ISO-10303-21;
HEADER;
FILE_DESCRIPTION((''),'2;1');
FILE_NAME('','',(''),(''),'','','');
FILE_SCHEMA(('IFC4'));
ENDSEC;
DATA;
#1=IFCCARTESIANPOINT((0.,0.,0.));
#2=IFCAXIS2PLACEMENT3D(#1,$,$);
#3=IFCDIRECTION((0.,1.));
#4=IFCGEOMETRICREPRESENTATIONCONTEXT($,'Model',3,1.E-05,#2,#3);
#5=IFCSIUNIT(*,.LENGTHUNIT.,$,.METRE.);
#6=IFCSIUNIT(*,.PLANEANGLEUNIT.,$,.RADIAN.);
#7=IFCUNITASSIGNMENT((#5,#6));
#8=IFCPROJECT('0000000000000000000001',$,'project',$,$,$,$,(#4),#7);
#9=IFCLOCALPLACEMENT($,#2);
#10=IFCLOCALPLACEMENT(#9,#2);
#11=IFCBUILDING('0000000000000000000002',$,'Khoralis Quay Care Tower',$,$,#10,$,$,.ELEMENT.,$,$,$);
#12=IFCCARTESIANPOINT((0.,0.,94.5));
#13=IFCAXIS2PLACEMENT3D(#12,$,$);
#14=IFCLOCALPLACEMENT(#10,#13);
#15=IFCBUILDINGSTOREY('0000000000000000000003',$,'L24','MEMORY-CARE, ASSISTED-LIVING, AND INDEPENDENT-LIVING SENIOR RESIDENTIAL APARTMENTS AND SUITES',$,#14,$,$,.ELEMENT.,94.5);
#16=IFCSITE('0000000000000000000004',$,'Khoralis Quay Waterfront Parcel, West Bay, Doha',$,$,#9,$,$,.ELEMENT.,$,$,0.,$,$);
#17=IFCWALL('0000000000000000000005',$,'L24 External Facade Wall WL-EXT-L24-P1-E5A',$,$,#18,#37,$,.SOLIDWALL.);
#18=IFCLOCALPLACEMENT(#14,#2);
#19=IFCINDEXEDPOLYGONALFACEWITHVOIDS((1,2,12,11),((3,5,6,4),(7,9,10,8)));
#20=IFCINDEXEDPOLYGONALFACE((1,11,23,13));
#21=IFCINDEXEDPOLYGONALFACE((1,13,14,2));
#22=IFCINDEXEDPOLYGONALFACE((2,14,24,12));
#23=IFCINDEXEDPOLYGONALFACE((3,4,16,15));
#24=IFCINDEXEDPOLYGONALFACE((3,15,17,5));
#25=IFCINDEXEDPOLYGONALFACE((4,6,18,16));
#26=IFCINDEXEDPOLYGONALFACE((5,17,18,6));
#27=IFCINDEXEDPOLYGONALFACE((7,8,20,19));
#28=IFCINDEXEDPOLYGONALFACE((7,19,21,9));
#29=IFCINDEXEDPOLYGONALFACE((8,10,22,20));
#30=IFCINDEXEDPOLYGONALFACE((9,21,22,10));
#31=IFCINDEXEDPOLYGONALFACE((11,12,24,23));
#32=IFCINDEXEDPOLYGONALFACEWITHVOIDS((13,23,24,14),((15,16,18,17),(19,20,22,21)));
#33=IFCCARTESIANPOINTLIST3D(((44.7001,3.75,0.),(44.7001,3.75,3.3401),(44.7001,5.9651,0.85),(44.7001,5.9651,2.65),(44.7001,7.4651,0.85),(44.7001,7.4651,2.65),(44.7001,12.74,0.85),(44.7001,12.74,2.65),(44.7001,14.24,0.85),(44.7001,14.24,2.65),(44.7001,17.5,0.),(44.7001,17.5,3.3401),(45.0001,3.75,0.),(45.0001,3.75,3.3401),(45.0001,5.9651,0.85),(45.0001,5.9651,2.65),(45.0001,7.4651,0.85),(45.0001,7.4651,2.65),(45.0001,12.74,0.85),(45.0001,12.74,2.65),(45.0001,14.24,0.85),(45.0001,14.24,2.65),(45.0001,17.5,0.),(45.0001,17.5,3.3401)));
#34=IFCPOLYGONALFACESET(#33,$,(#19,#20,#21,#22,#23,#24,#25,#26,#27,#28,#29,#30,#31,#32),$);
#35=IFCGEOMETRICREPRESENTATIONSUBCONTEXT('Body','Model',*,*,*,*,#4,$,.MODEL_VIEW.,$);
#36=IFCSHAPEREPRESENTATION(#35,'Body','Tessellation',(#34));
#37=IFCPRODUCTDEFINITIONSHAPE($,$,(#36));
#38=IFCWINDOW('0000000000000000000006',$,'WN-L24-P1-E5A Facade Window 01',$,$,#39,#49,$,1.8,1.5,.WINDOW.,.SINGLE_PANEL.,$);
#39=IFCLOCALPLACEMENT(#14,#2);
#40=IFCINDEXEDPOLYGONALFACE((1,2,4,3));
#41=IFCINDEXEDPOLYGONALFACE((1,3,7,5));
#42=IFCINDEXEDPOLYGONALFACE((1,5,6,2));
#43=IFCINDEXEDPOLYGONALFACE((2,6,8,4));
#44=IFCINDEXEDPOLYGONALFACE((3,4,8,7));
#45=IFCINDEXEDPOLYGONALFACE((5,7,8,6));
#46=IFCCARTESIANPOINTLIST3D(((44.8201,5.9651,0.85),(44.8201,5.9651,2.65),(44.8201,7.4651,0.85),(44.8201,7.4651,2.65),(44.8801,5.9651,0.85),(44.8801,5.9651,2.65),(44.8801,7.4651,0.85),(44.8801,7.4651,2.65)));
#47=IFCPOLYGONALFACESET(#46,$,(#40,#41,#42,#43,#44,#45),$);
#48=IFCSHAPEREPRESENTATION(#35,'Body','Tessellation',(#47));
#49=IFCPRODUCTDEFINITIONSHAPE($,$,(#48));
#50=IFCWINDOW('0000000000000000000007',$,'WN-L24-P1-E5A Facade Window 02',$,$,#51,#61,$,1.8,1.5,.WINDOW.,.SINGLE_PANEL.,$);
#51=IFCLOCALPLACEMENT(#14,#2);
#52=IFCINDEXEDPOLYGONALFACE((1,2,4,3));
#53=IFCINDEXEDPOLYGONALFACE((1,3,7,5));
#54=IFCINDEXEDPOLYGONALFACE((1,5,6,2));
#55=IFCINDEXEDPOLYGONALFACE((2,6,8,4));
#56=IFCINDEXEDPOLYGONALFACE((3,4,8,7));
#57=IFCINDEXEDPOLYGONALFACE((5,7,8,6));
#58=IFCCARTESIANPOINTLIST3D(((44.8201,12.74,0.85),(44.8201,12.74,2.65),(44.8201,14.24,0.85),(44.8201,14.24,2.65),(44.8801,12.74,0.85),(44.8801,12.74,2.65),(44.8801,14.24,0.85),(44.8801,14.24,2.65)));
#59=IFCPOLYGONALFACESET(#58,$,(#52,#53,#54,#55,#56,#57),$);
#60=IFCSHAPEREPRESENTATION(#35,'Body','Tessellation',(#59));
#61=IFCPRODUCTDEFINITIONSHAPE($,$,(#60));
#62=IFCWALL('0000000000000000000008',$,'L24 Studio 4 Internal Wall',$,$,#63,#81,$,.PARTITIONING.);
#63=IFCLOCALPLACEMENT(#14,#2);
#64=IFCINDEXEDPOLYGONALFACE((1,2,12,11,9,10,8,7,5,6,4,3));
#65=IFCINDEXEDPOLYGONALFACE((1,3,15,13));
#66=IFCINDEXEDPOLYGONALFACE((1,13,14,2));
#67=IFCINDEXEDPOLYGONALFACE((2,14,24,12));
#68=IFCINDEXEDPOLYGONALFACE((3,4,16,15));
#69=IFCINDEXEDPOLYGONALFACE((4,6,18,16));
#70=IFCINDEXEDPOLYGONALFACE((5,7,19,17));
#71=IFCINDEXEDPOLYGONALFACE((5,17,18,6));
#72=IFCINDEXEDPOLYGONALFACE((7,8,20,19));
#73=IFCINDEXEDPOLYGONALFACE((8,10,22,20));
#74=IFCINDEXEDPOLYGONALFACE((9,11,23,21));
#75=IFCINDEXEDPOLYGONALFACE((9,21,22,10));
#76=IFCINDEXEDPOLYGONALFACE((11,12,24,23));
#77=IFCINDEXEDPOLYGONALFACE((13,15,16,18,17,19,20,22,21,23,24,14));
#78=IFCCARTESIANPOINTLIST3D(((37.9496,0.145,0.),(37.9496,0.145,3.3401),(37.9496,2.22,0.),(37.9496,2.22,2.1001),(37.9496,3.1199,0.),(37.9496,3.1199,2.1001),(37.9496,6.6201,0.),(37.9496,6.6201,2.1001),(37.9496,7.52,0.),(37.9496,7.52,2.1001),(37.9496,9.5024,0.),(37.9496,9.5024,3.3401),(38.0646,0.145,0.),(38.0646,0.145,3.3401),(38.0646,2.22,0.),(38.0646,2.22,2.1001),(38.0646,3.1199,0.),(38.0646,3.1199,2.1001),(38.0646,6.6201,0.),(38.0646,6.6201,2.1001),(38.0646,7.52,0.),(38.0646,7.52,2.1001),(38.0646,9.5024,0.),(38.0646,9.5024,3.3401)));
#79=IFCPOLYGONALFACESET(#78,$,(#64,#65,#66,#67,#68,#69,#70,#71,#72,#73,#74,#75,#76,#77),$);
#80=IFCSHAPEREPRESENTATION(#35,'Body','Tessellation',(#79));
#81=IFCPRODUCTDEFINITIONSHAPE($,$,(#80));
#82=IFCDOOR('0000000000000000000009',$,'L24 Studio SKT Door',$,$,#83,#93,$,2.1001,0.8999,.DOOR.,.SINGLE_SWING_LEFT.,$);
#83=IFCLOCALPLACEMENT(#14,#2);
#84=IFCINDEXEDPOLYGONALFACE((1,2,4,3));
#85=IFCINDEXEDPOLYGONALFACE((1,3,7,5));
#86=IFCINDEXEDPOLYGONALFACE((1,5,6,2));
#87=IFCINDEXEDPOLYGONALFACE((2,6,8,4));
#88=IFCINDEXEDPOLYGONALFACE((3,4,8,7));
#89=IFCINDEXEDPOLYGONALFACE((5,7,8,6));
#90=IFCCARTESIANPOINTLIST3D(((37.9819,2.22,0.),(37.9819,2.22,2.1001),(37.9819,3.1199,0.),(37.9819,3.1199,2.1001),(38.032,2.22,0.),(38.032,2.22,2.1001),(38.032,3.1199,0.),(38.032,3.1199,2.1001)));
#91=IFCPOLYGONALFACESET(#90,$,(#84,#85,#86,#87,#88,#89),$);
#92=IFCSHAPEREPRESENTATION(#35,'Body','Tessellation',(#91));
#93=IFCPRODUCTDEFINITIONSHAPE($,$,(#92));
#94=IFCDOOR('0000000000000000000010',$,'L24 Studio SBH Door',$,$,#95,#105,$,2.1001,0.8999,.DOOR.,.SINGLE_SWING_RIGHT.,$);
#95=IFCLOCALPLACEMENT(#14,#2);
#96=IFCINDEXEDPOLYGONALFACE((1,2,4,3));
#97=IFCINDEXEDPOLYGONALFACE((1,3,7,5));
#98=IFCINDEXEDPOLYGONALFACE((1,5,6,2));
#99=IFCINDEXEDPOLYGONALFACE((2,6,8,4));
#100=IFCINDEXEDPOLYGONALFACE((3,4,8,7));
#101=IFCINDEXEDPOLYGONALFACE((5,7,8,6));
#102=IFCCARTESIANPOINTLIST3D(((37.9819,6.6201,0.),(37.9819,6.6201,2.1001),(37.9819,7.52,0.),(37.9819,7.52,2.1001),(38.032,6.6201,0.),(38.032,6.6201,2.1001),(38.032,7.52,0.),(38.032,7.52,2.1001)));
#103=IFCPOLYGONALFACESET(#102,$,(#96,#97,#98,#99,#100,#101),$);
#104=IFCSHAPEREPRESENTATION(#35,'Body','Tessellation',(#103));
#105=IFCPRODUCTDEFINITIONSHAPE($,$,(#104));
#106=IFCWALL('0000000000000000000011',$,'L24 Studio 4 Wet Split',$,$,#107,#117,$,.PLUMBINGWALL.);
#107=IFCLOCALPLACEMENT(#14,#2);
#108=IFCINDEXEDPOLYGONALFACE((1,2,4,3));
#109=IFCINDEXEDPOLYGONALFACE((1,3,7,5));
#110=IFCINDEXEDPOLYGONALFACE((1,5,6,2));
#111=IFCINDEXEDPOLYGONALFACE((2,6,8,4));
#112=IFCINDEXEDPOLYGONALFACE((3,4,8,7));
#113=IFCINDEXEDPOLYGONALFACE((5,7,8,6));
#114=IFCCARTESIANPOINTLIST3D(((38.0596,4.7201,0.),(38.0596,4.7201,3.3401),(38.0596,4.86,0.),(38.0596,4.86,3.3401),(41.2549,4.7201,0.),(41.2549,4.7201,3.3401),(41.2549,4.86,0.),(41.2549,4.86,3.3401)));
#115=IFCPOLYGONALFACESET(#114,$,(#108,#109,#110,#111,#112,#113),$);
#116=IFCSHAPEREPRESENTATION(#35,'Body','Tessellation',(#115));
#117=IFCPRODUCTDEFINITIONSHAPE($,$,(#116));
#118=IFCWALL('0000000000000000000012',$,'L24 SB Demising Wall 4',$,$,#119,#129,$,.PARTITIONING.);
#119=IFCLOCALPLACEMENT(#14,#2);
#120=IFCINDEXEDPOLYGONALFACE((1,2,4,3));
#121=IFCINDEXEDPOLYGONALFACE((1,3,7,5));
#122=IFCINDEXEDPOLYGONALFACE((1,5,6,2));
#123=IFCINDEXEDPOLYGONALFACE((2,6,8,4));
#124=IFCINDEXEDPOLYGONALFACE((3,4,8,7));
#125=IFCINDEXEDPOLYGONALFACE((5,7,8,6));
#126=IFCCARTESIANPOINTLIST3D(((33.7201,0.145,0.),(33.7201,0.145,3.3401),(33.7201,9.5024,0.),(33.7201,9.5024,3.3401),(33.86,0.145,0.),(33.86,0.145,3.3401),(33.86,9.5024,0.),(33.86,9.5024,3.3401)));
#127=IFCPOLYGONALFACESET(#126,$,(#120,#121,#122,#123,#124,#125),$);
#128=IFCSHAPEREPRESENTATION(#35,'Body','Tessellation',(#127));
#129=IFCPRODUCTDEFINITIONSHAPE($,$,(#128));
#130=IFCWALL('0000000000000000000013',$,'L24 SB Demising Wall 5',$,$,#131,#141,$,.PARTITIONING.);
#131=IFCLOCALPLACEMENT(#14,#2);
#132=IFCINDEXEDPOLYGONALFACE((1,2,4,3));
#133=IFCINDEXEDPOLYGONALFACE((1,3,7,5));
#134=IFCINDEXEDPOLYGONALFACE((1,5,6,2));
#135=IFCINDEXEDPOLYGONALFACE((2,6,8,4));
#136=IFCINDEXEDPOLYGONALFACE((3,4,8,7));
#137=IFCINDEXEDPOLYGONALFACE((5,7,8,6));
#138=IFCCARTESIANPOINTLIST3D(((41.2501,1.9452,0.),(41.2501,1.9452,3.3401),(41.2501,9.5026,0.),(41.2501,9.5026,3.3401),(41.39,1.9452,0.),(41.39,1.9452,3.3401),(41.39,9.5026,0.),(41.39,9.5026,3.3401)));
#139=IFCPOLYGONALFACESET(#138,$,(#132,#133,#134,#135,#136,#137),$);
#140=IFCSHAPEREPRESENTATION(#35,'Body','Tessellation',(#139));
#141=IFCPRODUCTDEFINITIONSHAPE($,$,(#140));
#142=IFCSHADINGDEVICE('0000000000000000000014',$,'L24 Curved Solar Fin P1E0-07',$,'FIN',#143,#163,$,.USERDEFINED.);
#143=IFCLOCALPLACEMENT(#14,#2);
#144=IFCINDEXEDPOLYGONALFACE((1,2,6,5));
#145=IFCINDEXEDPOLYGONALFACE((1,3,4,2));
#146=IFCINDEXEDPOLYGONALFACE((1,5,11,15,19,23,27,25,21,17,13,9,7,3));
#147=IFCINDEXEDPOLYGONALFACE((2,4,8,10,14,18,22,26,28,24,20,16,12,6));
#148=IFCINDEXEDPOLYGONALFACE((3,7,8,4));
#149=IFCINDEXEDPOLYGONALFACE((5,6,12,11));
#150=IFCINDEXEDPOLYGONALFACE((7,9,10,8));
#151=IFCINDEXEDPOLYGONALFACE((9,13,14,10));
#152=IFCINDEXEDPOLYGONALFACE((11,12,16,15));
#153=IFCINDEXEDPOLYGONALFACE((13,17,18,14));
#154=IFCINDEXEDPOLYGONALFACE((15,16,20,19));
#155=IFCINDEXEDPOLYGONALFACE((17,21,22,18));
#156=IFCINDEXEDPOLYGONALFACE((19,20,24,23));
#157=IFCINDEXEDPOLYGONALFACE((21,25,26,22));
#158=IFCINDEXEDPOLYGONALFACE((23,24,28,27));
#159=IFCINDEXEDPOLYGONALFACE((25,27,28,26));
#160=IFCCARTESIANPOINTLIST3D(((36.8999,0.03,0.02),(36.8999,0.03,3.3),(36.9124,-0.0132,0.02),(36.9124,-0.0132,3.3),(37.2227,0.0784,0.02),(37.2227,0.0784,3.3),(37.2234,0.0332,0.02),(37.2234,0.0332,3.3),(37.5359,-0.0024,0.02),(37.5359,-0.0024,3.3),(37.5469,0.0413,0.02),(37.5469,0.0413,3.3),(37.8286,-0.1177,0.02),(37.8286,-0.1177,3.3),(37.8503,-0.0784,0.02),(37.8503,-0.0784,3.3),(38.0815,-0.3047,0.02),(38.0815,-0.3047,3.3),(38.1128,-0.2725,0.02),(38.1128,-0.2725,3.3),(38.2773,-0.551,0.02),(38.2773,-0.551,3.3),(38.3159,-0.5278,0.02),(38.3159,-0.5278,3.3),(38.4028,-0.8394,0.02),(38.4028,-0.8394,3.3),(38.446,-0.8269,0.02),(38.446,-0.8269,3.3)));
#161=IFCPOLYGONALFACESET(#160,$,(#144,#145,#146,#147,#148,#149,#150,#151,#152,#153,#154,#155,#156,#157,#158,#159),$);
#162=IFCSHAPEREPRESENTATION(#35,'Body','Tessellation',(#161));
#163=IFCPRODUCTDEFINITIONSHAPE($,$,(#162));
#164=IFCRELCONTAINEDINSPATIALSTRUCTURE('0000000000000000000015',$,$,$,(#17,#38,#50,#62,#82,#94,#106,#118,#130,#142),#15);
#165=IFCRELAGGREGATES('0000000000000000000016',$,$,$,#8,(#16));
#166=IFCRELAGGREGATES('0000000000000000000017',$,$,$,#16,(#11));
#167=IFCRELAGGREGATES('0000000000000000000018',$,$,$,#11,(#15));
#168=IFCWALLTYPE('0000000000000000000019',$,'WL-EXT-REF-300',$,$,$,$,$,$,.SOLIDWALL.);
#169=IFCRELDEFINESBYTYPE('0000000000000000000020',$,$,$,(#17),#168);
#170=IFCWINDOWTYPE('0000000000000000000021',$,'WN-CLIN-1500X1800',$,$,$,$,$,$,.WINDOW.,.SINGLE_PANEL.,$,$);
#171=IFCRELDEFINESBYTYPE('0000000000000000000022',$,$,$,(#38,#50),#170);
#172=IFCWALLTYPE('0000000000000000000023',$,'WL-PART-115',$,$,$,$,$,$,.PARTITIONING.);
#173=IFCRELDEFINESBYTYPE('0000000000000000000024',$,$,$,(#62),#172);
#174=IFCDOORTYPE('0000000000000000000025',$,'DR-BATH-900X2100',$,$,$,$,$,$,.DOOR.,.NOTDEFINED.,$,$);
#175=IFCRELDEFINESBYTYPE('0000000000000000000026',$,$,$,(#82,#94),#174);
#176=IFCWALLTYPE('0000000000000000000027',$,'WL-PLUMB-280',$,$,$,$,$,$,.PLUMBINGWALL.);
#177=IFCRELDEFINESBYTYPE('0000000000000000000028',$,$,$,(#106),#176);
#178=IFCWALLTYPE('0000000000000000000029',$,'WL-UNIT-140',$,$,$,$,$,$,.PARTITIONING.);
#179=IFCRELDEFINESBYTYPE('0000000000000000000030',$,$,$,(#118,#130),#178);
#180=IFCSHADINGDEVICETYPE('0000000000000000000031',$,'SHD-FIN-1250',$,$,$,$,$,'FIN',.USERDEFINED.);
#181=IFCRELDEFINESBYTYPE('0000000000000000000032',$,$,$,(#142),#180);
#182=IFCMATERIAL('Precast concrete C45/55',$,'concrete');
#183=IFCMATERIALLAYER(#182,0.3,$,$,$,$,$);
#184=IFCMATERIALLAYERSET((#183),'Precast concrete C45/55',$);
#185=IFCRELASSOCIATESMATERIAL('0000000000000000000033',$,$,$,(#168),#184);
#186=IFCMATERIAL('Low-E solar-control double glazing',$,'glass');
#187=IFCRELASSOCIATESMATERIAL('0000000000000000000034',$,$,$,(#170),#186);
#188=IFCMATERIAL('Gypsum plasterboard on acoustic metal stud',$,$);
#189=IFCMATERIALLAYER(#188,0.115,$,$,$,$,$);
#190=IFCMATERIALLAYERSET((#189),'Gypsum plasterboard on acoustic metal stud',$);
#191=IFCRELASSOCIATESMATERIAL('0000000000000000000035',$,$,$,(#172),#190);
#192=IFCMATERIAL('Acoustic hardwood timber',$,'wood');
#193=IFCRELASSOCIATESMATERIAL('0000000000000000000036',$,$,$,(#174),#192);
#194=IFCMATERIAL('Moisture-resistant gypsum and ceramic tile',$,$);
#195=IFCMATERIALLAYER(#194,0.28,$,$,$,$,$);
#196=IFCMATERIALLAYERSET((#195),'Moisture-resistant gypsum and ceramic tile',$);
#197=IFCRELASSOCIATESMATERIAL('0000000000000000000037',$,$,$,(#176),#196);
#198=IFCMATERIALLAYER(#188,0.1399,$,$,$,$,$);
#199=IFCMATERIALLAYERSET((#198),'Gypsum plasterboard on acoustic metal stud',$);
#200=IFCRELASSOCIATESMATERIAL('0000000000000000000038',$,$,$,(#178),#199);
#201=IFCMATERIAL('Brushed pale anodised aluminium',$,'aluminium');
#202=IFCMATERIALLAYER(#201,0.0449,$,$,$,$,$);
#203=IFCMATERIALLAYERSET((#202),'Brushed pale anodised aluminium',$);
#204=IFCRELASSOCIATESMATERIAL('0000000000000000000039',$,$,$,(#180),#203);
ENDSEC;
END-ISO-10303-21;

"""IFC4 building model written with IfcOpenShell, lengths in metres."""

from ifc_helpers import new_model, si_unit, direction, frame, frame_2d, origin, place, context, subcontext, project, spatial, polyline, rectangle, outline, extrude, source, transform, mapped, material, layer, layer_set, type_object, element, fill, save


model = new_model("IFC4")

# Units and contexts
model_context = context("Model", 3, precision=1e-05, world=origin(), true_north=direction((0.0, 1.0)))
body_context = subcontext(model_context, "Body", "Model", "MODEL_VIEW")
ifc_project = project(units=[si_unit("LENGTHUNIT", "METRE"), si_unit("PLANEANGLEUNIT", "RADIAN")], contexts=[model_context])

# Site, building, storey
site_placement = place(None, origin())
site = spatial("IfcSite", under=ifc_project, at=site_placement, Name="Khoralis Quay Waterfront Parcel, West Bay, Doha", CompositionType="ELEMENT", RefElevation=0.0)
building_placement = place(site_placement, origin())
building = spatial("IfcBuilding", under=site, at=building_placement, Name="Khoralis Quay Care Tower", CompositionType="ELEMENT")
storey_placement = place(building_placement, frame((0.0, 0.0, 94.5)))
storey = spatial("IfcBuildingStorey", under=building, at=storey_placement, Name="L24", Description="MEMORY-CARE, ASSISTED-LIVING, AND INDEPENDENT-LIVING SENIOR RESIDENTIAL APARTMENTS AND SUITES", CompositionType="ELEMENT", Elevation=94.5)

# Shared definitions
ifc_material_1 = material(Name="Gypsum plasterboard on acoustic metal stud")

# Shared definitions
ifc_material_2 = material(Name="Acoustic hardwood timber", Category="wood")

# Shared definitions
ifc_material_3 = material(Name="Precast concrete C45/55", Category="concrete")
ifc_layer_1 = layer(ifc_material_3, 0.3)
ifc_layer_set_1 = layer_set([ifc_layer_1], Name="Precast concrete C45/55")
wall_type_1 = type_object("IfcWallType", Name="WL-EXT-REF-300", PredefinedType="SOLIDWALL", material=ifc_layer_set_1)

# Wall, openings, windows
wall_1_placement = place(storey_placement, frame((44.8501, 3.75, 0.0), z_axis=(0.0, 0.0, 1.0), x_axis=(0.0, 1.0, 0.0)))
wall_1 = element("IfcWall", 1, at=wall_1_placement, inside=storey, type_object=wall_type_1, Name="L24 External Facade Wall WL-EXT-L24-P1-E5A", PredefinedType="SOLIDWALL", context=body_context, shape_type="SweptSolid", body=[
    extrude(rectangle(XDim=13.75, YDim=0.3, at=frame_2d((6.875, 0.0))), origin(), (0.0, 0.0, 1.0), 3.3401),
])
opening_1_placement = place(wall_1_placement, frame((2.2151, 0.0, 0.8501)))
opening_1 = element("IfcOpeningElement", 2, at=opening_1_placement, cuts=wall_1, PredefinedType="OPENING", context=body_context, shape_type="SweptSolid", body=[
    extrude(rectangle(XDim=1.5, YDim=1.8, at=frame_2d((0.75, 0.8999))), frame((0.0, 0.1602, 0.0), z_axis=(0.0, -1.0, 0.0), x_axis=(1.0, 0.0, 0.0)), (0.0, 0.0, 1.0), 0.3201),
])
opening_2_placement = place(wall_1_placement, frame((8.99, 0.0, 0.8501)))
opening_2 = element("IfcOpeningElement", 3, at=opening_2_placement, cuts=wall_1, PredefinedType="OPENING", context=body_context, shape_type="SweptSolid", body=[
    extrude(rectangle(XDim=1.5, YDim=1.8, at=frame_2d((0.75, 0.8999))), frame((0.0, 0.1602, 0.0), z_axis=(0.0, -1.0, 0.0), x_axis=(1.0, 0.0, 0.0)), (0.0, 0.0, 1.0), 0.3201),
])
ifc_material_4 = material(Name="Low-E solar-control double glazing", Category="glass")
window_type = type_object("IfcWindowType", Name="WN-CLIN-1500X1800", PartitioningType="SINGLE_PANEL", PredefinedType="WINDOW", material=ifc_material_4)
shared_shape_1 = source(origin(), body_context, "Body", "SweptSolid", [
    extrude(rectangle(XDim=1.5, YDim=1.8, at=frame_2d((0.75, 0.8999))), frame((0.0, 0.03, 0.0), z_axis=(0.0, -1.0, 0.0), x_axis=(1.0, 0.0, 0.0)), (0.0, 0.0, 1.0), 0.0601),
])
window_1_placement = place(opening_1_placement, origin())
window_1 = element("IfcWindow", 4, at=window_1_placement, inside=storey, type_object=window_type, Name="WN-L24-P1-E5A Facade Window 01", OverallHeight=1.8, OverallWidth=1.5, PartitioningType="SINGLE_PANEL", PredefinedType="WINDOW", context=body_context, shape_type="MappedRepresentation", body=[
    mapped(shared_shape_1, transform((0.0, 0.0, 0.0), scale=1.0)),
])
fill(opening_1, window_1)
window_2_placement = place(opening_2_placement, origin())
window_2 = element("IfcWindow", 5, at=window_2_placement, inside=storey, type_object=window_type, Name="WN-L24-P1-E5A Facade Window 02", OverallHeight=1.8, OverallWidth=1.5, PartitioningType="SINGLE_PANEL", PredefinedType="WINDOW", context=body_context, shape_type="MappedRepresentation", body=[
    mapped(shared_shape_1, transform((0.0, 0.0, 0.0), scale=1.0)),
])
fill(opening_2, window_2)

# Wall, openings, doors
ifc_layer_2 = layer(ifc_material_1, 0.115)
ifc_layer_set_2 = layer_set([ifc_layer_2], Name="Gypsum plasterboard on acoustic metal stud")
wall_type_2 = type_object("IfcWallType", Name="WL-PART-115", PredefinedType="PARTITIONING", material=ifc_layer_set_2)
wall_2_placement = place(storey_placement, frame((38.0071, 0.145, 0.0), z_axis=(0.0, 0.0, 1.0), x_axis=(0.0, 1.0, 0.0)))
wall_2 = element("IfcWall", 6, at=wall_2_placement, inside=storey, type_object=wall_type_2, Name="L24 Studio 4 Internal Wall", PredefinedType="PARTITIONING", context=body_context, shape_type="SweptSolid", body=[
    extrude(rectangle(XDim=9.3574, YDim=0.115, at=frame_2d((4.6787, 0.0))), origin(), (0.0, 0.0, 1.0), 3.3401),
])
opening_3_placement = place(wall_2_placement, frame((2.075, 0.0, 0.0)))
opening_3 = element("IfcOpeningElement", 7, at=opening_3_placement, cuts=wall_2, PredefinedType="OPENING", context=body_context, shape_type="SweptSolid", body=[
    extrude(rectangle(XDim=0.8999, YDim=2.1001, at=frame_2d((0.45, 1.05))), frame((0.0, 0.0674, 0.0), z_axis=(0.0, -1.0, 0.0), x_axis=(1.0, 0.0, 0.0)), (0.0, 0.0, 1.0), 0.135),
])
opening_4_placement = place(wall_2_placement, frame((6.4751, 0.0, 0.0)))
opening_4 = element("IfcOpeningElement", 8, at=opening_4_placement, cuts=wall_2, PredefinedType="OPENING", context=body_context, shape_type="SweptSolid", body=[
    extrude(rectangle(XDim=0.8999, YDim=2.1001, at=frame_2d((0.45, 1.05))), frame((0.0, 0.0674, 0.0), z_axis=(0.0, -1.0, 0.0), x_axis=(1.0, 0.0, 0.0)), (0.0, 0.0, 1.0), 0.135),
])
door_type_1 = type_object("IfcDoorType", Name="DR-BATH-900X2100", OperationType="NOTDEFINED", PredefinedType="DOOR", material=ifc_material_2)
shared_shape_2 = source(origin(), body_context, "Body", "SweptSolid", [
    extrude(rectangle(XDim=0.8999, YDim=2.1001, at=frame_2d((0.45, 1.05))), frame((0.0, 0.0249, 0.0), z_axis=(0.0, -1.0, 0.0), x_axis=(1.0, 0.0, 0.0)), (0.0, 0.0, 1.0), 0.05),
])
door_1_placement = place(opening_3_placement, frame((0.8999, 0.0, 0.0), z_axis=(0.0, 0.0, 1.0), x_axis=(-1.0, 0.0, 0.0)))
door_1 = element("IfcDoor", 9, at=door_1_placement, inside=storey, type_object=door_type_1, Name="L24 Studio SKT Door", OperationType="SINGLE_SWING_LEFT", OverallHeight=2.1001, OverallWidth=0.8999, PredefinedType="DOOR", context=body_context, shape_type="MappedRepresentation", body=[
    mapped(shared_shape_2, transform((0.0, 0.0, 0.0), scale=1.0)),
])
fill(opening_3, door_1)
door_2_placement = place(opening_4_placement, frame((0.8999, 0.0, 0.0), z_axis=(0.0, 0.0, 1.0), x_axis=(-1.0, 0.0, 0.0)))
door_2 = element("IfcDoor", 10, at=door_2_placement, inside=storey, type_object=door_type_1, Name="L24 Studio SBH Door", OperationType="SINGLE_SWING_RIGHT", OverallHeight=2.1001, OverallWidth=0.8999, PredefinedType="DOOR", context=body_context, shape_type="MappedRepresentation", body=[
    mapped(shared_shape_2, transform((0.0, 0.0, 0.0), scale=1.0)),
])
fill(opening_4, door_2)

# Walls
ifc_material_5 = material(Name="Moisture-resistant gypsum and ceramic tile")
ifc_layer_3 = layer(ifc_material_5, 0.28)
ifc_layer_set_3 = layer_set([ifc_layer_3], Name="Moisture-resistant gypsum and ceramic tile")
wall_type_3 = type_object("IfcWallType", Name="WL-PLUMB-280", PredefinedType="PLUMBINGWALL", material=ifc_layer_set_3)
wall_3_placement = place(storey_placement, frame((38.0596, 4.79, 0.0), z_axis=(0.0, 0.0, 1.0), x_axis=(1.0, 0.0, 0.0)))
element("IfcWall", 11, at=wall_3_placement, inside=storey, type_object=wall_type_3, Name="L24 Studio 4 Wet Split", PredefinedType="PLUMBINGWALL", context=body_context, shape_type="SweptSolid", body=[
    extrude(rectangle(XDim=3.1953, YDim=0.1399, at=frame_2d((1.5977, 0.0))), origin(), (0.0, 0.0, 1.0), 3.3401),
])
ifc_layer_4 = layer(ifc_material_1, 0.1399)
ifc_layer_set_4 = layer_set([ifc_layer_4], Name="Gypsum plasterboard on acoustic metal stud")
wall_type_4 = type_object("IfcWallType", Name="WL-UNIT-140", PredefinedType="PARTITIONING", material=ifc_layer_set_4)
wall_4_placement = place(storey_placement, frame((33.79, 0.145, 0.0), z_axis=(0.0, 0.0, 1.0), x_axis=(0.0, 1.0, 0.0)))
element("IfcWall", 12, at=wall_4_placement, inside=storey, type_object=wall_type_4, Name="L24 SB Demising Wall 4", PredefinedType="PARTITIONING", context=body_context, shape_type="SweptSolid", body=[
    extrude(rectangle(XDim=9.3574, YDim=0.1399, at=frame_2d((4.6787, 0.0))), origin(), (0.0, 0.0, 1.0), 3.3401),
])
wall_5_placement = place(storey_placement, frame((41.3201, 1.9451, 0.0), z_axis=(0.0, 0.0, 1.0), x_axis=(0.0, 1.0, 0.0)))
element("IfcWall", 13, at=wall_5_placement, inside=storey, type_object=wall_type_4, Name="L24 SB Demising Wall 5", PredefinedType="PARTITIONING", context=body_context, shape_type="SweptSolid", body=[
    extrude(rectangle(XDim=7.5574, YDim=0.1399, at=frame_2d((3.7788, 0.0))), origin(), (0.0, 0.0, 1.0), 3.3401),
])

# Shading device
ifc_material_6 = material(Name="Brushed pale anodised aluminium", Category="aluminium")
ifc_layer_5 = layer(ifc_material_6, 0.0449)
ifc_layer_set_5 = layer_set([ifc_layer_5], Name="Brushed pale anodised aluminium")
shading_device_type = type_object("IfcShadingDeviceType", Name="SHD-FIN-1250", ElementType="FIN", PredefinedType="USERDEFINED", material=ifc_layer_set_5)
shared_shape_3 = source(origin(), body_context, "Body", "SweptSolid", [
    extrude(outline(polyline([(0.0, 0.0), (-0.0483, 0.3228), (-0.0112, 0.647), (0.1084, 0.9504), (0.3025, 1.2129), (0.5579, 1.416), (0.8569, 1.5461), (0.8694, 1.5029), (0.5811, 1.3774), (0.3347, 1.1816), (0.1477, 0.9287), (0.0325, 0.636), (-0.0032, 0.3235), (0.0432, 0.0125), (0.0, 0.0)])), origin(), (0.0, 0.0, 1.0), 3.28),
])
shading_device_placement = place(storey_placement, frame((36.8999, 0.03, 0.02), z_axis=(0.0, 0.0, 1.0), x_axis=(0.0, -1.0, 0.0)))
element("IfcShadingDevice", 14, at=shading_device_placement, inside=storey, type_object=shading_device_type, Name="L24 Curved Solar Fin P1E0-07", ObjectType="FIN", PredefinedType="USERDEFINED", context=body_context, shape_type="MappedRepresentation", body=[
    mapped(shared_shape_3, transform((0.0, 0.0, 0.0), scale=1.0)),
])

save(model, "model.ifc")
